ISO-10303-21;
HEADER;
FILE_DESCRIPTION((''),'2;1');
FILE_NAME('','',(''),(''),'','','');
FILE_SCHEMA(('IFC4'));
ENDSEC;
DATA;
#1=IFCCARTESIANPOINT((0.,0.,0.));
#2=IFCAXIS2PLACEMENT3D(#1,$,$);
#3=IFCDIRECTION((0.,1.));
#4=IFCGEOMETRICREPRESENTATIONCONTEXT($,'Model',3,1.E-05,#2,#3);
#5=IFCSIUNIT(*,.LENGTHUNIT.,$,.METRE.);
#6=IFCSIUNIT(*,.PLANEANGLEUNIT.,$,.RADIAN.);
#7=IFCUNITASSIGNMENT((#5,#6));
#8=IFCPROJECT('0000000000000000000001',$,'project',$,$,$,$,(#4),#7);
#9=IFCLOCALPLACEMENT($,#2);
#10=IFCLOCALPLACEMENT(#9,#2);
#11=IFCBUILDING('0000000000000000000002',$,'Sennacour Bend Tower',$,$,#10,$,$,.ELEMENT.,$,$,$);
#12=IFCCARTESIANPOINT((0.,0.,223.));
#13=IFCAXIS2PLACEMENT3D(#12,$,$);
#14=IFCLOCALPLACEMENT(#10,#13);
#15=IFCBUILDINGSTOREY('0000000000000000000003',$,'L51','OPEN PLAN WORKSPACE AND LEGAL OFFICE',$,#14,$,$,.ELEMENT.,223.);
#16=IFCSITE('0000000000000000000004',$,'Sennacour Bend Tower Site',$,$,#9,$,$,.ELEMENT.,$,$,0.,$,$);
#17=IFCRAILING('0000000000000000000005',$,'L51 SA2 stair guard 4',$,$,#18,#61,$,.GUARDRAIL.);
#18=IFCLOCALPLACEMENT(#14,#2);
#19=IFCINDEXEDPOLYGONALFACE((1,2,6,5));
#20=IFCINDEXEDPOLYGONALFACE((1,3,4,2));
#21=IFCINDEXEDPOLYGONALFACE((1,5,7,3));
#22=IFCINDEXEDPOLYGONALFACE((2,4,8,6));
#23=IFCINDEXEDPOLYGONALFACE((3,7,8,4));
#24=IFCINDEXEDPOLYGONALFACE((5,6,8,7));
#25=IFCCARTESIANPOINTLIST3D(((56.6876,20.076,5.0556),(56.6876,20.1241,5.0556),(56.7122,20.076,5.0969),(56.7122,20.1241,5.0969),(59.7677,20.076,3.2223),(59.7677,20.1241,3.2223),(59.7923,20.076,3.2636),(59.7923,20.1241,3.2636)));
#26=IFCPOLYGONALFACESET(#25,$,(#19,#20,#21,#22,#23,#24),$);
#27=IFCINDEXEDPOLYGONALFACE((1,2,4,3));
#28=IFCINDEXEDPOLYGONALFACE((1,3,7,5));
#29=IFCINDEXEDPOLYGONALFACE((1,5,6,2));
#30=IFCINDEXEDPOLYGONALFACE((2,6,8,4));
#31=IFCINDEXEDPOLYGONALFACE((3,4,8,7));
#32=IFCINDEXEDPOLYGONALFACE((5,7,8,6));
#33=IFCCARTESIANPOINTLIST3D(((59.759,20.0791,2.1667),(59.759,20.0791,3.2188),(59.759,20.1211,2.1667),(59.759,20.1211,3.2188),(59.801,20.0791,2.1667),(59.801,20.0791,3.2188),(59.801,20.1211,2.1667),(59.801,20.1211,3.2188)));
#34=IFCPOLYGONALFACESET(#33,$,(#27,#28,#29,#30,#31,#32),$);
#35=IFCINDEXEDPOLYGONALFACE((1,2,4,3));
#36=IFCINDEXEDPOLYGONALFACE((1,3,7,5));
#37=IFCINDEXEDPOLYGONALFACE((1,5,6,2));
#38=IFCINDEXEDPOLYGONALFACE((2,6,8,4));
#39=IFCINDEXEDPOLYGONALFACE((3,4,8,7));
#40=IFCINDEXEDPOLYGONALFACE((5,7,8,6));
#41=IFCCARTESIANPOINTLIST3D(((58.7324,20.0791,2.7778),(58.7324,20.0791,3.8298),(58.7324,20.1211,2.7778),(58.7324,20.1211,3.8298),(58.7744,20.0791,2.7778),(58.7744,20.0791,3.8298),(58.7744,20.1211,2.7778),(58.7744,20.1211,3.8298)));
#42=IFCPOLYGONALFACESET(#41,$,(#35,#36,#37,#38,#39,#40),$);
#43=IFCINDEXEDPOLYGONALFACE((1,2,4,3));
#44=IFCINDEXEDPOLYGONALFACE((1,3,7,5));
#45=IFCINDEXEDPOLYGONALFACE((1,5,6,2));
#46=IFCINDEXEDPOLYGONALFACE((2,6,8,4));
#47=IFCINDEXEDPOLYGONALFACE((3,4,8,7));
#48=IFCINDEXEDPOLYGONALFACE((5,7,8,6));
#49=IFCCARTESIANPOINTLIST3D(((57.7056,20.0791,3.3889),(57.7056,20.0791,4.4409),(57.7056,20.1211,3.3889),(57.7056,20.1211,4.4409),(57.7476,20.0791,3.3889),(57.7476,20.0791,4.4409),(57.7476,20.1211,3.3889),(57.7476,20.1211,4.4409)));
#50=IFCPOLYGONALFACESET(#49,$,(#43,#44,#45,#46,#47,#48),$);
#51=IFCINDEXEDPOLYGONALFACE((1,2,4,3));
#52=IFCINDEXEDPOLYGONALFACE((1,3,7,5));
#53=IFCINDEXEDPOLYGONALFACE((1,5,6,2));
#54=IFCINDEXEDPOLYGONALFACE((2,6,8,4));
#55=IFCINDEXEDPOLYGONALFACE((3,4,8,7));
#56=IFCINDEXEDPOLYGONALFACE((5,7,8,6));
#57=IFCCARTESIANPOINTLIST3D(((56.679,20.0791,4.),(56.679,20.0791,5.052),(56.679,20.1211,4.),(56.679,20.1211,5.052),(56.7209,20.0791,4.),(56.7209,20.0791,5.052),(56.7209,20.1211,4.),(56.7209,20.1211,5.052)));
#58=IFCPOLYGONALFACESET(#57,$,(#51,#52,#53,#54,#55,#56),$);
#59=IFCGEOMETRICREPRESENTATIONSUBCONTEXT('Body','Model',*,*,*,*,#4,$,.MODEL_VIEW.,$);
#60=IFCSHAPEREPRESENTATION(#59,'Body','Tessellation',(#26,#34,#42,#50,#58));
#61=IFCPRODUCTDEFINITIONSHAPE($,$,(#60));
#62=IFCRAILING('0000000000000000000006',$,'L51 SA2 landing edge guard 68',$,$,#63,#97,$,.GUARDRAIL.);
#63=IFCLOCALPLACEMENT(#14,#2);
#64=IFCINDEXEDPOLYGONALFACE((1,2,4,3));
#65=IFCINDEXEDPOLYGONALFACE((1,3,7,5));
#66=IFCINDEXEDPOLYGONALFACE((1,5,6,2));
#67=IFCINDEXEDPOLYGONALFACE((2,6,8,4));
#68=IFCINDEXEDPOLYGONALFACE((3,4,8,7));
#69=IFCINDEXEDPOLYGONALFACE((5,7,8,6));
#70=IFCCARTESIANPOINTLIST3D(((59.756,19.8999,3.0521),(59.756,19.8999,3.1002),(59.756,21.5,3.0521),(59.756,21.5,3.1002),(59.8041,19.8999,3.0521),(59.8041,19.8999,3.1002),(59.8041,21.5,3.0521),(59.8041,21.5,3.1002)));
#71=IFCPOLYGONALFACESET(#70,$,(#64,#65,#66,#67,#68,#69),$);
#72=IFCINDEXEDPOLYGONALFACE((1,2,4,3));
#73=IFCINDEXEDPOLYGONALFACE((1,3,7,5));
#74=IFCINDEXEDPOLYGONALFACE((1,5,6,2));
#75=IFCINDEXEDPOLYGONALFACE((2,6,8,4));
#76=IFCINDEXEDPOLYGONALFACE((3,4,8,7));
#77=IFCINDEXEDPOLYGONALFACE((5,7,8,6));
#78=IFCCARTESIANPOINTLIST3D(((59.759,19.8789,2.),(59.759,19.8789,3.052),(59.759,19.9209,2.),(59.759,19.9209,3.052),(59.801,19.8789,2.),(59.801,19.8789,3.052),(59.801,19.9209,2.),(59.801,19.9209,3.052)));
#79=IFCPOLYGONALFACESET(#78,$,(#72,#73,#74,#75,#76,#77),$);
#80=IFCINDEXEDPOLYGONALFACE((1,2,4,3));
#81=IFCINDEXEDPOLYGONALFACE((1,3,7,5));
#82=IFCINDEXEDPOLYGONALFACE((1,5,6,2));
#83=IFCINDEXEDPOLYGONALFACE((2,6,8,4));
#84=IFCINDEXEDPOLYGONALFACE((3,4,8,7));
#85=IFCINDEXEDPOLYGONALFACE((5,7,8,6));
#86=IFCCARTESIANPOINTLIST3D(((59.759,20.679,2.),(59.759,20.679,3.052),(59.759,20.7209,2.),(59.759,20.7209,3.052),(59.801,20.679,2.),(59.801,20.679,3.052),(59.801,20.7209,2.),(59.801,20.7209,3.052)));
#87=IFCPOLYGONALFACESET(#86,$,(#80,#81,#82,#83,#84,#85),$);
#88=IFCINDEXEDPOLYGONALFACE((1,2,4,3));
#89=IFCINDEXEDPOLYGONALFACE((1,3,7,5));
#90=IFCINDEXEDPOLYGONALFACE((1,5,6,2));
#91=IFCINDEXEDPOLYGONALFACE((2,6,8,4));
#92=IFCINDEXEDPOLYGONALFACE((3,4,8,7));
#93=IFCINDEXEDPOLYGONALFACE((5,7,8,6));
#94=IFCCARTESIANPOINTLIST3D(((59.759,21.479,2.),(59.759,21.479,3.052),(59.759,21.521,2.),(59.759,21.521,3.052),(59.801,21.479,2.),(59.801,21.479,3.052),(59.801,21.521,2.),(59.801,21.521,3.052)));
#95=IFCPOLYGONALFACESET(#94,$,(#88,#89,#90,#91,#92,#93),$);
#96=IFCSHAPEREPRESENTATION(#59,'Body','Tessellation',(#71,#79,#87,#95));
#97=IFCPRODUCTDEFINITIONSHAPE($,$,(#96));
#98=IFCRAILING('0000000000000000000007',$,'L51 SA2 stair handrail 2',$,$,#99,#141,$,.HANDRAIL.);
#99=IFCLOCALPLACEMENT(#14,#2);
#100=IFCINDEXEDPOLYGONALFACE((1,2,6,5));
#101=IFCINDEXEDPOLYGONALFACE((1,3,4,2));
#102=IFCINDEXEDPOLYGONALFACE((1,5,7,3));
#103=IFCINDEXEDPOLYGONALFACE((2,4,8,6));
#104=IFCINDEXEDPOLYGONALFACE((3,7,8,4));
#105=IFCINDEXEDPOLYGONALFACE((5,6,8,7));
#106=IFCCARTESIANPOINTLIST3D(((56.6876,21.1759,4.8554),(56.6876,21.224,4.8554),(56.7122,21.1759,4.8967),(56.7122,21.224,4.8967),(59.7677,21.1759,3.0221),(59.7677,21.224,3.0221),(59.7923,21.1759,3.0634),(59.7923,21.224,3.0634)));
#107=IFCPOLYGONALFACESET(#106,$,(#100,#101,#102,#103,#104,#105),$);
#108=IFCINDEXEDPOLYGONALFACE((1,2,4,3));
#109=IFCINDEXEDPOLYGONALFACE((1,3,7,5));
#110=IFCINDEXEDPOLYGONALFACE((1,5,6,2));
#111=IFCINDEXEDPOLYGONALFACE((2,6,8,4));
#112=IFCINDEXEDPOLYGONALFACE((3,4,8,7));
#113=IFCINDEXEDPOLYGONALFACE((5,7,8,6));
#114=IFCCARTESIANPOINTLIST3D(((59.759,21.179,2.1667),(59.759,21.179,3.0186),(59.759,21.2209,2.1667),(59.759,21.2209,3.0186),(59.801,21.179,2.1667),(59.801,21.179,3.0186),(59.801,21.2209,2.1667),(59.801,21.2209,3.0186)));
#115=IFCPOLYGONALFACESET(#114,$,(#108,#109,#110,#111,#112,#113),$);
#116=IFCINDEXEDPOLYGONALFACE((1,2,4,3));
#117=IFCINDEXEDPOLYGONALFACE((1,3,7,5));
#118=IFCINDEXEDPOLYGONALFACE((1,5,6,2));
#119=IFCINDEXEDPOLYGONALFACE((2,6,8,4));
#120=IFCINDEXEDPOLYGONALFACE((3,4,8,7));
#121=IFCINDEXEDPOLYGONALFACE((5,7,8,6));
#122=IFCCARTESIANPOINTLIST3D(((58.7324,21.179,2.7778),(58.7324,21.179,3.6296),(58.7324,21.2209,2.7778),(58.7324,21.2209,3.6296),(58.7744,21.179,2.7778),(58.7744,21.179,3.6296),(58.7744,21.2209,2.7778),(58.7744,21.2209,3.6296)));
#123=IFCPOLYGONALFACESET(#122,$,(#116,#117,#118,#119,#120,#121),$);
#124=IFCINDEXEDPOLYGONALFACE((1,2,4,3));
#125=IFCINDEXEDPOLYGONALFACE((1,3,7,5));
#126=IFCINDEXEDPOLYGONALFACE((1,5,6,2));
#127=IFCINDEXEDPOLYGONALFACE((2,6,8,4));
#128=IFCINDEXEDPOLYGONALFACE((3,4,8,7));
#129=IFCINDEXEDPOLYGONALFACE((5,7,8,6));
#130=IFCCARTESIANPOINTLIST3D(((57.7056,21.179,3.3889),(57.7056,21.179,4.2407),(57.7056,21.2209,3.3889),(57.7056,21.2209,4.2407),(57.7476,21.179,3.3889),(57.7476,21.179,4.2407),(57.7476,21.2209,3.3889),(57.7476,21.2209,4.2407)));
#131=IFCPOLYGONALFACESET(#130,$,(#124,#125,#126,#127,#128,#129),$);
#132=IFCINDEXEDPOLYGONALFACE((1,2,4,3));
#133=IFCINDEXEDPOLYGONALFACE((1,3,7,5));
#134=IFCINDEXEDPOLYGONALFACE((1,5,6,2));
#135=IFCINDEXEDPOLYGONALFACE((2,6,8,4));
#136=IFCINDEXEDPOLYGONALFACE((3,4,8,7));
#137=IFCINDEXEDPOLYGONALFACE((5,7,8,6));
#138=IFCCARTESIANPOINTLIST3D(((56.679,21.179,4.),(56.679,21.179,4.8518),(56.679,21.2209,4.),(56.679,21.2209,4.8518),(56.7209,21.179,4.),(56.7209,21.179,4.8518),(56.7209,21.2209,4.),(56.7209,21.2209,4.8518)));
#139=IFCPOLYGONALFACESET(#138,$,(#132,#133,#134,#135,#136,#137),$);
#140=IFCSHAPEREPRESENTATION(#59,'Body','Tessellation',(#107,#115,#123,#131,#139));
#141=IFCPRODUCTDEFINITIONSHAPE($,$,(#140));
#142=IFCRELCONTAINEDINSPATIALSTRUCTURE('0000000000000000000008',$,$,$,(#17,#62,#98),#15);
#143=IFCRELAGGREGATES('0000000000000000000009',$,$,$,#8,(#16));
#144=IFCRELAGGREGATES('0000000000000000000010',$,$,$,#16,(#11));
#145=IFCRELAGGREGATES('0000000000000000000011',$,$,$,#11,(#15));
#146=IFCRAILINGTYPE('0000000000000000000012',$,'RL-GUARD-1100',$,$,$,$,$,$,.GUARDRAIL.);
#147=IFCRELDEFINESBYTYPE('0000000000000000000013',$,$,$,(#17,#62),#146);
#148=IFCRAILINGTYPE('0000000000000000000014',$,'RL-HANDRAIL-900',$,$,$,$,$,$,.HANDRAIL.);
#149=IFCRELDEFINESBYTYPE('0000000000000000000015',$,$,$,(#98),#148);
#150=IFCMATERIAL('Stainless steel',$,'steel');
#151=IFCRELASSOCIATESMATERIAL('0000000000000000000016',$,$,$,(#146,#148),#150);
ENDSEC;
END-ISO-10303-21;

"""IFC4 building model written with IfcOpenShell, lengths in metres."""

from ifc_helpers import new_model, si_unit, direction, frame, origin, origin_2d, place, context, subcontext, project, spatial, rectangle, extrude, material, type_object, element, save


model = new_model("IFC4")

# Units and contexts
model_context = context("Model", 3, precision=1e-05, world=origin(), true_north=direction((0.0, 1.0)))
body_context = subcontext(model_context, "Body", "Model", "MODEL_VIEW")
ifc_project = project(units=[si_unit("LENGTHUNIT", "METRE"), si_unit("PLANEANGLEUNIT", "RADIAN")], contexts=[model_context])

# Site, building, storey
site_placement = place(None, origin())
site = spatial("IfcSite", under=ifc_project, at=site_placement, Name="Sennacour Bend Tower Site", CompositionType="ELEMENT", RefElevation=0.0)
building_placement = place(site_placement, origin())
building = spatial("IfcBuilding", under=site, at=building_placement, Name="Sennacour Bend Tower", CompositionType="ELEMENT")
storey_placement = place(building_placement, frame((0.0, 0.0, 223.0)))
storey = spatial("IfcBuildingStorey", under=building, at=storey_placement, Name="L51", Description="OPEN PLAN WORKSPACE AND LEGAL OFFICE", CompositionType="ELEMENT", Elevation=223.0)

# Shared definitions
ifc_material_1 = material(Name="Stainless steel", Category="steel")

# Railings
railing_type_1 = type_object("IfcRailingType", Name="RL-GUARD-1100", PredefinedType="GUARDRAIL", material=ifc_material_1)
railing_1_placement = place(storey_placement, frame((59.78, 20.1001, 2.1667)))
element("IfcRailing", 1, at=railing_1_placement, inside=storey, type_object=railing_type_1, Name="L51 SA2 stair guard 4", PredefinedType="GUARDRAIL", context=body_context, shape_type="SweptSolid", body=[
    extrude(rectangle(XDim=0.0481, YDim=0.0481, at=origin_2d()), frame((0.0, 0.0, 1.0762), z_axis=(-0.859309, 0.0, 0.511458), x_axis=(0.0, -1.0, 0.0)), (0.0, 0.0, 1.0), 3.5845),
    extrude(rectangle(XDim=0.042, YDim=0.042, at=origin_2d()), origin(), (0.0, 0.0, 1.0), 1.052),
    extrude(rectangle(XDim=0.042, YDim=0.042, at=origin_2d()), frame((-1.0266, 0.0, 0.6111)), (0.0, 0.0, 1.0), 1.052),
    extrude(rectangle(XDim=0.042, YDim=0.042, at=origin_2d()), frame((-2.0535, 0.0, 1.2222)), (0.0, 0.0, 1.0), 1.052),
    extrude(rectangle(XDim=0.042, YDim=0.042, at=origin_2d()), frame((-3.0801, 0.0, 1.8333)), (0.0, 0.0, 1.0), 1.052),
])
railing_2_placement = place(storey_placement, frame((59.78, 19.8999, 2.0)))
element("IfcRailing", 2, at=railing_2_placement, inside=storey, type_object=railing_type_1, Name="L51 SA2 landing edge guard 68", PredefinedType="GUARDRAIL", context=body_context, shape_type="SweptSolid", body=[
    extrude(rectangle(XDim=0.0481, YDim=0.0481, at=origin_2d()), frame((0.0, 0.0, 1.0762), z_axis=(0.0, 1.0, 0.0), x_axis=(-1.0, 0.0, 0.0)), (0.0, 0.0, 1.0), 1.6001),
    extrude(rectangle(XDim=0.042, YDim=0.042, at=origin_2d()), origin(), (0.0, 0.0, 1.0), 1.052),
    extrude(rectangle(XDim=0.042, YDim=0.042, at=origin_2d()), frame((0.0, 0.8, 0.0)), (0.0, 0.0, 1.0), 1.052),
    extrude(rectangle(XDim=0.042, YDim=0.042, at=origin_2d()), frame((0.0, 1.6001, 0.0)), (0.0, 0.0, 1.0), 1.052),
])
railing_type_2 = type_object("IfcRailingType", Name="RL-HANDRAIL-900", PredefinedType="HANDRAIL", material=ifc_material_1)
railing_3_placement = place(storey_placement, frame((59.78, 21.2, 2.1667)))
element("IfcRailing", 3, at=railing_3_placement, inside=storey, type_object=railing_type_2, Name="L51 SA2 stair handrail 2", PredefinedType="HANDRAIL", context=body_context, shape_type="SweptSolid", body=[
    extrude(rectangle(XDim=0.0481, YDim=0.0481, at=origin_2d()), frame((0.0, 0.0, 0.876), z_axis=(-0.859309, 0.0, 0.511458), x_axis=(0.0, -1.0, 0.0)), (0.0, 0.0, 1.0), 3.5845),
    extrude(rectangle(XDim=0.042, YDim=0.042, at=origin_2d()), origin(), (0.0, 0.0, 1.0), 0.8518),
    extrude(rectangle(XDim=0.042, YDim=0.042, at=origin_2d()), frame((-1.0266, 0.0, 0.6111)), (0.0, 0.0, 1.0), 0.8518),
    extrude(rectangle(XDim=0.042, YDim=0.042, at=origin_2d()), frame((-2.0535, 0.0, 1.2222)), (0.0, 0.0, 1.0), 0.8518),
    extrude(rectangle(XDim=0.042, YDim=0.042, at=origin_2d()), frame((-3.0801, 0.0, 1.8333)), (0.0, 0.0, 1.0), 0.8518),
])

save(model, "model.ifc")
